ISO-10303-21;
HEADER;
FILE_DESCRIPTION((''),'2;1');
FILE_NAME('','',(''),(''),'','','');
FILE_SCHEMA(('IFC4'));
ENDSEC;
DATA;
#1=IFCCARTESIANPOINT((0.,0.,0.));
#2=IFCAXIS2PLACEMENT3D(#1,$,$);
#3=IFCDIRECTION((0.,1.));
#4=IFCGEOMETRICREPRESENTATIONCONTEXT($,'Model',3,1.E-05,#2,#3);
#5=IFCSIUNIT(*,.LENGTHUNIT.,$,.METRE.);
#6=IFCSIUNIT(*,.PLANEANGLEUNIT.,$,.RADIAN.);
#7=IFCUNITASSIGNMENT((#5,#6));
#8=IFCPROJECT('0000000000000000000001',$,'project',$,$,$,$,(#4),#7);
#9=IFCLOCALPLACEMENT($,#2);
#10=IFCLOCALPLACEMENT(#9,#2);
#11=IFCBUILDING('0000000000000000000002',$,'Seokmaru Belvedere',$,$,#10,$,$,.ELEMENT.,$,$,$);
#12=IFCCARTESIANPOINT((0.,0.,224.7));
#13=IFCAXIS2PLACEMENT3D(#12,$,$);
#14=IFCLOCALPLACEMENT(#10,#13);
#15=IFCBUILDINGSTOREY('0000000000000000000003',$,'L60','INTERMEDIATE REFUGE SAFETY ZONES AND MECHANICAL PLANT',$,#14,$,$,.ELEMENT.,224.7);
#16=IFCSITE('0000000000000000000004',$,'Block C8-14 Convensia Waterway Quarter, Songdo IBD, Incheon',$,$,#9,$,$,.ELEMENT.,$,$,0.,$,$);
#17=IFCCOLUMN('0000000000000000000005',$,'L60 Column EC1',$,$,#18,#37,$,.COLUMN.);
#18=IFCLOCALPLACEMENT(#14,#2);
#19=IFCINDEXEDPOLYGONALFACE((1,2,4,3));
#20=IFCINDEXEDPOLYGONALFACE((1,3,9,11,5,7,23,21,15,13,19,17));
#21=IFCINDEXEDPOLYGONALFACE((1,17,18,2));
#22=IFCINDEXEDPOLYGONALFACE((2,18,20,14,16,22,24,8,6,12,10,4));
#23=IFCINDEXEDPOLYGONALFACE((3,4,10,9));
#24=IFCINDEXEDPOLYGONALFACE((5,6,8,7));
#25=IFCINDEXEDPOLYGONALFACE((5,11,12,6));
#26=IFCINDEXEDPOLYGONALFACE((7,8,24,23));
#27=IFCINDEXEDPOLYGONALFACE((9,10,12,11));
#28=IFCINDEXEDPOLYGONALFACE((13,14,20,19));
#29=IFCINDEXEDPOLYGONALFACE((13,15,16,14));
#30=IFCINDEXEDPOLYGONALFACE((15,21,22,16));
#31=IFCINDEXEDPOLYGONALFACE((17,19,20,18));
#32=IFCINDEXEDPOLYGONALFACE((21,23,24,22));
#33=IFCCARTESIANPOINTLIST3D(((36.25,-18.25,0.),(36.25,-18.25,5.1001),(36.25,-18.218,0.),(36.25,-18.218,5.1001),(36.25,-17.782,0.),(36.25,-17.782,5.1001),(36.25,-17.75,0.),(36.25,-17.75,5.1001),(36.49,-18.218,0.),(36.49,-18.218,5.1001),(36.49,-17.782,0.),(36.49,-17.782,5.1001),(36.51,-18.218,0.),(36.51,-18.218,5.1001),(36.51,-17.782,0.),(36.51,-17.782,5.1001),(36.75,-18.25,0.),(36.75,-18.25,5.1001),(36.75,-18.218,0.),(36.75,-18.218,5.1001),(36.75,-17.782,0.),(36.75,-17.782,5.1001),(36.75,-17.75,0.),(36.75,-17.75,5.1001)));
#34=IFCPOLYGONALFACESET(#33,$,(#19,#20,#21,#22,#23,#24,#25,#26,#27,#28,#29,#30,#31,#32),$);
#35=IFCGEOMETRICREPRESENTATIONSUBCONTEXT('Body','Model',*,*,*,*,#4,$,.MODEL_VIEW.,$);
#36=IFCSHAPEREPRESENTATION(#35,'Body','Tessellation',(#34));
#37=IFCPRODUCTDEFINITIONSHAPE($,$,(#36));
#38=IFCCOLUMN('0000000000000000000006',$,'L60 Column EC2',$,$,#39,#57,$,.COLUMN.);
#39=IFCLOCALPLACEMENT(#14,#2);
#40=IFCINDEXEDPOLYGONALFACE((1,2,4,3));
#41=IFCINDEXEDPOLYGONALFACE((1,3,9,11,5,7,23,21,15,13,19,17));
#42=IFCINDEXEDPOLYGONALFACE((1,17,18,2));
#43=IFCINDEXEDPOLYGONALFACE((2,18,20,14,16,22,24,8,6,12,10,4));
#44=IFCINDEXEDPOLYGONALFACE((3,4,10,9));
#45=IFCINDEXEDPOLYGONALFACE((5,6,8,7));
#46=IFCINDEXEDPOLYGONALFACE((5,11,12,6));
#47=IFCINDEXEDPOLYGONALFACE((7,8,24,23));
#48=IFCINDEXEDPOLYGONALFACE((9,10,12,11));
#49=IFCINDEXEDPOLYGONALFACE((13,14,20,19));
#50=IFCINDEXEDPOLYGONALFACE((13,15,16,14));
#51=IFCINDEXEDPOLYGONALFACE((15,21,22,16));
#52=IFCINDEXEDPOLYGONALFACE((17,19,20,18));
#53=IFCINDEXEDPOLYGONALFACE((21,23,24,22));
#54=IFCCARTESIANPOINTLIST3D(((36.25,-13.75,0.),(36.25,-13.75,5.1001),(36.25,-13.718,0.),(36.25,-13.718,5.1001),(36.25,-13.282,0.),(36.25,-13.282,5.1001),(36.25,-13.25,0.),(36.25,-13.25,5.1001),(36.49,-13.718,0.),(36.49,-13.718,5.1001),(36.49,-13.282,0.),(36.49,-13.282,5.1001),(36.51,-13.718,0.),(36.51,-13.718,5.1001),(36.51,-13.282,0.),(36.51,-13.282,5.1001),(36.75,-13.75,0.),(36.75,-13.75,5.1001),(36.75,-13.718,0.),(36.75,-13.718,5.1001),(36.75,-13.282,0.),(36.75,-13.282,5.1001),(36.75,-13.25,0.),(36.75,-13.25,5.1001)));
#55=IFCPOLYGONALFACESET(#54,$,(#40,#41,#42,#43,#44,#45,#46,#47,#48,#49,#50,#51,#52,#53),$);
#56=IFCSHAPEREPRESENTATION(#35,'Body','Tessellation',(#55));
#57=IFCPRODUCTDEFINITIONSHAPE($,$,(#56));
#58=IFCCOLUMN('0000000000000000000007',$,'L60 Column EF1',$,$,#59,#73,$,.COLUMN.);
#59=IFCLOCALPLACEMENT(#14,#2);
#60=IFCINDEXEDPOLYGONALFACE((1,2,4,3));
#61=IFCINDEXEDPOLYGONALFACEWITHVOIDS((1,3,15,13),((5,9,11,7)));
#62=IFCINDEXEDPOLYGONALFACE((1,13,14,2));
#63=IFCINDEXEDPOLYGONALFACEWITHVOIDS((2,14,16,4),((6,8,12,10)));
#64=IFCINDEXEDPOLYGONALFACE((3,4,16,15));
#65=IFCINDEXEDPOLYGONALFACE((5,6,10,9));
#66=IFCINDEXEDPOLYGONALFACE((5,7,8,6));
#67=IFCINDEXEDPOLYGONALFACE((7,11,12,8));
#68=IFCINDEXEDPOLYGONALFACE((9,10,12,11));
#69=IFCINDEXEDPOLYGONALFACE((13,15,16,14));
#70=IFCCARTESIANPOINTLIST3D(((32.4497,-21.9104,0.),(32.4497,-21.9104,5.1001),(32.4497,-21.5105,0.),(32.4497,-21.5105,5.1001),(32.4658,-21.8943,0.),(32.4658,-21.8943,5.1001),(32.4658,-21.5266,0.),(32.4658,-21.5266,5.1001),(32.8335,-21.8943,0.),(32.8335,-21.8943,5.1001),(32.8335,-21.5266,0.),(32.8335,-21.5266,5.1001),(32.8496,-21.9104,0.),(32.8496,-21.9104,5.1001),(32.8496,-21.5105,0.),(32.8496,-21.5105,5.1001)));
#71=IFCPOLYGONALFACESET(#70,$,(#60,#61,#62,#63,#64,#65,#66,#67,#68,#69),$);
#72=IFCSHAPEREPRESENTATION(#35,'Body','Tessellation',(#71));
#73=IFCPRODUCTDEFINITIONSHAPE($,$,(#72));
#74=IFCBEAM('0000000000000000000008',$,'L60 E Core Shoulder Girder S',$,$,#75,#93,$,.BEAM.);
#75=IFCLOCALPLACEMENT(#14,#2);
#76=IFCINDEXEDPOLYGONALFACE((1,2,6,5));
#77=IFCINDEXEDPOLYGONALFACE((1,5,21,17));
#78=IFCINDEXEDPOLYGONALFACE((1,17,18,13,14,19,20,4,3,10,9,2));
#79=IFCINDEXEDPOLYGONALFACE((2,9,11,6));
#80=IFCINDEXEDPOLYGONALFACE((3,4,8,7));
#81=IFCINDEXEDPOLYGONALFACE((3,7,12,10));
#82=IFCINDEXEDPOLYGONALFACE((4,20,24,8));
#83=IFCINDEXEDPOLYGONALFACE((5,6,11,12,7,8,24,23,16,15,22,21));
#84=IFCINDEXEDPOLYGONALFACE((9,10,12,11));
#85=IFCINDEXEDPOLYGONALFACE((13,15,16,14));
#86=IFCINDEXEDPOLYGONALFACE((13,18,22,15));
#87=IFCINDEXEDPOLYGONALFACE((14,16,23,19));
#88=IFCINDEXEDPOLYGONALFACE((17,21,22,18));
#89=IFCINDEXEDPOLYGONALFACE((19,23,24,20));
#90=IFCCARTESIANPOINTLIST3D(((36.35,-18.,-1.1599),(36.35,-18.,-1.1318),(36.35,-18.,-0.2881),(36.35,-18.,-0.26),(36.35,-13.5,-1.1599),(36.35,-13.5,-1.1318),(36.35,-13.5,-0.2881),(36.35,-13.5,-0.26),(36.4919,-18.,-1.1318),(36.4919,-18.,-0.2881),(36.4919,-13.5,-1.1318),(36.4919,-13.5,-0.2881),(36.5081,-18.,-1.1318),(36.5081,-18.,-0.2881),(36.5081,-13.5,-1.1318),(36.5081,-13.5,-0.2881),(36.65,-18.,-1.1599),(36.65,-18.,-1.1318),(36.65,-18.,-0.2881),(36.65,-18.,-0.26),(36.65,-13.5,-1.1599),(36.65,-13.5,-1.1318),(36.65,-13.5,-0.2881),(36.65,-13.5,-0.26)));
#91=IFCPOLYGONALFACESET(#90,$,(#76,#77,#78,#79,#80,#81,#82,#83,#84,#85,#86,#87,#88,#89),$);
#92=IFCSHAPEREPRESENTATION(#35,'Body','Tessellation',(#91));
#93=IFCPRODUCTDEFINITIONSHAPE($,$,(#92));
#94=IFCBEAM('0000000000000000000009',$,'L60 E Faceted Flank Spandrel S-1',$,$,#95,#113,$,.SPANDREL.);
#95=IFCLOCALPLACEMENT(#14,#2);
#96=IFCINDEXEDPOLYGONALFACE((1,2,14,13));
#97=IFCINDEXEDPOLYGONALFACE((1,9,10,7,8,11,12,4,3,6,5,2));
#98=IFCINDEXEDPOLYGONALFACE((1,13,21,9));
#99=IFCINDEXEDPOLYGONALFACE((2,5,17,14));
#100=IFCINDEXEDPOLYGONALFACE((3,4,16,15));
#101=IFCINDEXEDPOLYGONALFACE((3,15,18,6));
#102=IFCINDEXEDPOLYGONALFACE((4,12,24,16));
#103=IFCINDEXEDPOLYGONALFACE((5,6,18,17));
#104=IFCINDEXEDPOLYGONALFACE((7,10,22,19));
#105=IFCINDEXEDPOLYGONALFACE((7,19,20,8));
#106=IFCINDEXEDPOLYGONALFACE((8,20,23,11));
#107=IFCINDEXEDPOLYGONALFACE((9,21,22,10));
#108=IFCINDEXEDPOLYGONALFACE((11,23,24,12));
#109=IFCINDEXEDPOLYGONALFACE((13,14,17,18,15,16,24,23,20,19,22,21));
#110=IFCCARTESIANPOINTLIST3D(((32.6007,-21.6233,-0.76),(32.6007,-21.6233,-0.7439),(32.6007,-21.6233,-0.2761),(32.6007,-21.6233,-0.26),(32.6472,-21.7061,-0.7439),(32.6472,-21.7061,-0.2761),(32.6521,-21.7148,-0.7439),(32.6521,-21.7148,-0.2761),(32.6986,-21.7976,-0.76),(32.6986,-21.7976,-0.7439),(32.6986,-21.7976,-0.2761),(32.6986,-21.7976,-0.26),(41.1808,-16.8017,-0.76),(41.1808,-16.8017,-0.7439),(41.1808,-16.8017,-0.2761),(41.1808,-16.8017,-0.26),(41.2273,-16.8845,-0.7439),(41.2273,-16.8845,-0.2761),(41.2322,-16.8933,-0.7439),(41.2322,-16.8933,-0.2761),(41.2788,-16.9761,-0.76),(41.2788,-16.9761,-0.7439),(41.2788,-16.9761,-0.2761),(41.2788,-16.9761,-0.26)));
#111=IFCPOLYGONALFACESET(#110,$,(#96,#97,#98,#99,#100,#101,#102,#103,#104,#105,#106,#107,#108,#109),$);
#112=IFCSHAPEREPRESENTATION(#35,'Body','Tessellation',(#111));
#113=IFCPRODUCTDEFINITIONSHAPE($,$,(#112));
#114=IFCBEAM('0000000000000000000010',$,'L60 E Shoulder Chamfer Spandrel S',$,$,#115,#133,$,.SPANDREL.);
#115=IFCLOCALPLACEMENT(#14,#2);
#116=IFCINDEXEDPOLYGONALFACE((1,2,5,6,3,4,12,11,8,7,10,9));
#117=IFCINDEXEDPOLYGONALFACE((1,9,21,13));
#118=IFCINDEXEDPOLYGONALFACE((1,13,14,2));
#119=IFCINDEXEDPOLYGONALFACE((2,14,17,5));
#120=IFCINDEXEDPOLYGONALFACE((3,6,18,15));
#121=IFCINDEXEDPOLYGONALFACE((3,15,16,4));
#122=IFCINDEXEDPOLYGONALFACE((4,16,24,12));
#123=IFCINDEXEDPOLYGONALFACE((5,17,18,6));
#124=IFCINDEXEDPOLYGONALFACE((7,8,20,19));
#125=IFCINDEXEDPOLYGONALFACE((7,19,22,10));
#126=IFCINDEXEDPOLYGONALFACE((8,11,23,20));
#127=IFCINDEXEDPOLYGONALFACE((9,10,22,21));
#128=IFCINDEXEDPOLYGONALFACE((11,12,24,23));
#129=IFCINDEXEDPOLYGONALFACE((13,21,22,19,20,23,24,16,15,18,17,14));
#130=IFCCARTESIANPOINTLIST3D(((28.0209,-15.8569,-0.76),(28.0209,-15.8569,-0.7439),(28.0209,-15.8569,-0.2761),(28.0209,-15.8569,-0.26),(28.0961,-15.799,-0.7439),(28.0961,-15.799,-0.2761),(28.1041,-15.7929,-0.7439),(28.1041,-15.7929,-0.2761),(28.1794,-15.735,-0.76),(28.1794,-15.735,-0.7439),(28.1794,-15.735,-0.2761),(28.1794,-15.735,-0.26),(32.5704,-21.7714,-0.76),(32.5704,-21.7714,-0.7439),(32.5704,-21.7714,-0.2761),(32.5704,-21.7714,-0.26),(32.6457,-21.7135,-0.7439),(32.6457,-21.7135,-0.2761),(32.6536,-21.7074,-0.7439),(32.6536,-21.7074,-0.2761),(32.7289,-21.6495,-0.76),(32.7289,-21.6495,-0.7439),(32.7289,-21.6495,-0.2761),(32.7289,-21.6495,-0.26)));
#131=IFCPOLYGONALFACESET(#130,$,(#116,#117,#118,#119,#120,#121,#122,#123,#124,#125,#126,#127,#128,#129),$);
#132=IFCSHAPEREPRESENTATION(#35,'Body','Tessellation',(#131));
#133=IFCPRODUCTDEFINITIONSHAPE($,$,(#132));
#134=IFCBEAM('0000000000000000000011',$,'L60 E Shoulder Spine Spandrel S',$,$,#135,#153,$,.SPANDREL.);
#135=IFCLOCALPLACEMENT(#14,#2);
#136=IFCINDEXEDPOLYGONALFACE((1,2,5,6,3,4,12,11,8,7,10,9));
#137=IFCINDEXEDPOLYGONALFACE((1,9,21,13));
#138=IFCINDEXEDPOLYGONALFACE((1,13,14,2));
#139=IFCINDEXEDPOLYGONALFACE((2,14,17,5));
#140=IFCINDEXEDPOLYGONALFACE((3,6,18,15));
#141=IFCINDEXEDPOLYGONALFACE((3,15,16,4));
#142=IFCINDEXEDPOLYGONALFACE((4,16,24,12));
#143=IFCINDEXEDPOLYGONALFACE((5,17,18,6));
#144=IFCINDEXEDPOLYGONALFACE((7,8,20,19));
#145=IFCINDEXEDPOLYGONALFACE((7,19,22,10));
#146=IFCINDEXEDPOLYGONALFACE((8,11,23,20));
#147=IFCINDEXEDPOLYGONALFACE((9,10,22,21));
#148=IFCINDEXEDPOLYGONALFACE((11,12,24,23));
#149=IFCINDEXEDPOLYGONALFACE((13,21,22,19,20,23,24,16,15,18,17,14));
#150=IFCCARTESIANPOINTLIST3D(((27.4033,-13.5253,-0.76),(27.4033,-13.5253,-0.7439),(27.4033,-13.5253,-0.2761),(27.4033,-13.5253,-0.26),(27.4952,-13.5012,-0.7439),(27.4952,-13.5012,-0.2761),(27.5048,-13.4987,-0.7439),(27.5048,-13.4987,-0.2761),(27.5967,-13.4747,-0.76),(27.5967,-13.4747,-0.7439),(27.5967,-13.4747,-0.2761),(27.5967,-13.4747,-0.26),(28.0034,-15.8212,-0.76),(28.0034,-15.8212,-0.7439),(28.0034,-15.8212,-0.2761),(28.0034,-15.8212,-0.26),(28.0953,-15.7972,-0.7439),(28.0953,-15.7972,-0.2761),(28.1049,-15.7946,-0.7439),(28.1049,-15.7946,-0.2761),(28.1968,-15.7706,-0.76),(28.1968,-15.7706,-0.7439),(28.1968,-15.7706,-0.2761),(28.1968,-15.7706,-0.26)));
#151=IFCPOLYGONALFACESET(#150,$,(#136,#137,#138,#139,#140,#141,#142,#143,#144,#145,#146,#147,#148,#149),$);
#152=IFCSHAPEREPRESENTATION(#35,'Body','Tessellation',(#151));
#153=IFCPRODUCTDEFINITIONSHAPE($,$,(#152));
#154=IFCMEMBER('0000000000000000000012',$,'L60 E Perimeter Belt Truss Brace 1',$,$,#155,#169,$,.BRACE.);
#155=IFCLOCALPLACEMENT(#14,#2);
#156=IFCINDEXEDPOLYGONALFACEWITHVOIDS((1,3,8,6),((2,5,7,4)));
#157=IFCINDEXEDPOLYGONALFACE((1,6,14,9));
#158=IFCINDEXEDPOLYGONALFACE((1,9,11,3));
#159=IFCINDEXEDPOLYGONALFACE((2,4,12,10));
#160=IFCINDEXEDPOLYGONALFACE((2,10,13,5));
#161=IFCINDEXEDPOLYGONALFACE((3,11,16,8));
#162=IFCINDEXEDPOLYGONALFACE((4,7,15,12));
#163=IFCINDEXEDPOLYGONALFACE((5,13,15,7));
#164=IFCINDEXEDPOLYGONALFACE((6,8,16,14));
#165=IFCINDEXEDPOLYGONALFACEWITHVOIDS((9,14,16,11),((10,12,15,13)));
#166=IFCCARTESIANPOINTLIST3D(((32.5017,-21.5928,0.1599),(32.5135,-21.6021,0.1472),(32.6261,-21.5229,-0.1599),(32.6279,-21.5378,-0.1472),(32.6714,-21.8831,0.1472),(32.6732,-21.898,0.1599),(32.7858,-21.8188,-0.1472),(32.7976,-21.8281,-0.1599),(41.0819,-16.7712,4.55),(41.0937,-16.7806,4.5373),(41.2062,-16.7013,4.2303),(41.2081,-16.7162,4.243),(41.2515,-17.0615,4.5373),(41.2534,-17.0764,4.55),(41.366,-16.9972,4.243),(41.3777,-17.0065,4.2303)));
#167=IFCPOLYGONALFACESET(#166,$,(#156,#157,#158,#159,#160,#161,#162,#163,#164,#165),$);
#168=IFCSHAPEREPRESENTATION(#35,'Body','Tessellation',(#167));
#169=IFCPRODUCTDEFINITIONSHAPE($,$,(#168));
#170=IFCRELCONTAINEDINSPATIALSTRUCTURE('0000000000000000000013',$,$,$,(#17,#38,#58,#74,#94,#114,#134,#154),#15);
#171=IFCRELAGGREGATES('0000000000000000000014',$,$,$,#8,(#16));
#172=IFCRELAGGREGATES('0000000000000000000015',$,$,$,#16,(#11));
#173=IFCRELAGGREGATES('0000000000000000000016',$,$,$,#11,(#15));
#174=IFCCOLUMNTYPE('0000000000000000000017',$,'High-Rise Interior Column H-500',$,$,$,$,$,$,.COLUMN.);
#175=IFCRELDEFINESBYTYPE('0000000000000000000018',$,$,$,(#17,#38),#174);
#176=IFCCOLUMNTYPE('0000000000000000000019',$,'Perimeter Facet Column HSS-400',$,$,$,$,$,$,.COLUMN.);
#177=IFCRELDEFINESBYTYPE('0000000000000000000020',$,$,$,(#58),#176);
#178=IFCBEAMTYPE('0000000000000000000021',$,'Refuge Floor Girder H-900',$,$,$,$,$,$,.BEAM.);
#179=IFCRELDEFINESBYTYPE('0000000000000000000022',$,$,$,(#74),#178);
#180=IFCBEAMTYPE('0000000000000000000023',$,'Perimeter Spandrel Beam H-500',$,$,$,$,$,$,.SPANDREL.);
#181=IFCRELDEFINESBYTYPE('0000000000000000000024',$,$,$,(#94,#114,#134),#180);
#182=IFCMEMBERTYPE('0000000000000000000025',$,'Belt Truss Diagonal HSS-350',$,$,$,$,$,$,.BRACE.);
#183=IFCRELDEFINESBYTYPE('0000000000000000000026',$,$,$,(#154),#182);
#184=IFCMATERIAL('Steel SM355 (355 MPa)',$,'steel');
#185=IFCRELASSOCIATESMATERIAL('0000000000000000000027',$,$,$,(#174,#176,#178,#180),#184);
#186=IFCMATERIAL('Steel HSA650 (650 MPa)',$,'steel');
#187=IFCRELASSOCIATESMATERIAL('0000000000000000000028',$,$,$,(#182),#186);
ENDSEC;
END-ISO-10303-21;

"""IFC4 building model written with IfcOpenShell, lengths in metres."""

from ifc_helpers import new_model, si_unit, direction, frame, origin, origin_2d, place, context, subcontext, project, spatial, hollow_rectangle, i_section, extrude, source, transform, mapped, material, material_profile, profile_set, type_object, type_shapes, element, save


model = new_model("IFC4")

# Units and contexts
model_context = context("Model", 3, precision=1e-05, world=origin(), true_north=direction((0.0, 1.0)))
body_context = subcontext(model_context, "Body", "Model", "MODEL_VIEW")
ifc_project = project(units=[si_unit("LENGTHUNIT", "METRE"), si_unit("PLANEANGLEUNIT", "RADIAN")], contexts=[model_context])

# Site, building, storey
site_placement = place(None, origin())
site = spatial("IfcSite", under=ifc_project, at=site_placement, Name="Block C8-14 Convensia Waterway Quarter, Songdo IBD, Incheon", CompositionType="ELEMENT", RefElevation=0.0)
building_placement = place(site_placement, origin())
building = spatial("IfcBuilding", under=site, at=building_placement, Name="Seokmaru Belvedere", CompositionType="ELEMENT")
storey_placement = place(building_placement, frame((0.0, 0.0, 224.7)))
storey = spatial("IfcBuildingStorey", under=building, at=storey_placement, Name="L60", Description="INTERMEDIATE REFUGE SAFETY ZONES AND MECHANICAL PLANT", CompositionType="ELEMENT", Elevation=224.7)

# Columns
ifc_material_1 = material(Name="Steel SM355 (355 MPa)", Category="steel")
ifc_material_profile_1 = material_profile(ifc_material_1, i_section(OverallWidth=0.5, OverallDepth=0.5, WebThickness=0.02, FlangeThickness=0.032, at=origin_2d()), Name="H-500x500x20x32")
ifc_profile_set_1 = profile_set([ifc_material_profile_1], Name="Steel SM355 (355 MPa)")
column_type_1 = type_object("IfcColumnType", Name="High-Rise Interior Column H-500", PredefinedType="COLUMN", material=ifc_profile_set_1)
shared_shape_1 = source(origin(), body_context, "Body", "SweptSolid", [
    extrude(i_section(OverallWidth=0.5, OverallDepth=0.5, WebThickness=0.02, FlangeThickness=0.032, at=origin_2d()), origin(), (0.0, 0.0, 1.0), 5.1001),
])
type_shapes(column_type_1, [shared_shape_1])
for number, where, z_axis, x_axis, name in (
    (1, (36.5, -18.0, 0.0), (0.0, 0.0, 1.0), (1.0, 0.0, 0.0), "L60 Column EC1"),
    (2, (36.5, -13.5, 0.0), (0.0, 0.0, 1.0), (1.0, 0.0, 0.0), "L60 Column EC2"),
):
    element("IfcColumn", number, at=place(storey_placement, frame(where, z_axis=z_axis, x_axis=x_axis)), inside=storey, type_object=column_type_1, Name=name, PredefinedType="COLUMN", context=body_context, shape_type="MappedRepresentation", body=[
        mapped(shared_shape_1, transform((0.0, 0.0, 0.0), scale=1.0)),
    ])
ifc_material_profile_2 = material_profile(ifc_material_1, hollow_rectangle(XDim=0.3999, YDim=0.3999, WallThickness=0.0161, at=origin_2d()), Name="HSS-400x400x16")
ifc_profile_set_2 = profile_set([ifc_material_profile_2], Name="Steel SM355 (355 MPa)")
column_type_2 = type_object("IfcColumnType", Name="Perimeter Facet Column HSS-400", PredefinedType="COLUMN", material=ifc_profile_set_2)
shared_shape_2 = source(origin(), body_context, "Body", "SweptSolid", [
    extrude(hollow_rectangle(XDim=0.3999, YDim=0.3999, WallThickness=0.0161, at=origin_2d()), origin(), (0.0, 0.0, 1.0), 5.1001),
])
type_shapes(column_type_2, [shared_shape_2])
column_placement = place(storey_placement, frame((32.6497, -21.7104, 0.0), z_axis=(0.0, 0.0, 1.0), x_axis=(1.0, 0.0, 0.0)))
element("IfcColumn", 3, at=column_placement, inside=storey, type_object=column_type_2, Name="L60 Column EF1", PredefinedType="COLUMN", context=body_context, shape_type="MappedRepresentation", body=[
    mapped(shared_shape_2, transform((0.0, 0.0, 0.0), scale=1.0)),
])

# Beams
ifc_material_profile_3 = material_profile(ifc_material_1, i_section(OverallWidth=0.3, OverallDepth=0.8999, WebThickness=0.0161, FlangeThickness=0.0281, at=origin_2d()), Name="H-900x300x16x28")
ifc_profile_set_3 = profile_set([ifc_material_profile_3], Name="Steel SM355 (355 MPa)")
beam_type_1 = type_object("IfcBeamType", Name="Refuge Floor Girder H-900", PredefinedType="BEAM", material=ifc_profile_set_3)
shared_shape_3 = source(origin(), body_context, "Body", "SweptSolid", [
    extrude(i_section(OverallWidth=0.3, OverallDepth=0.8999, WebThickness=0.0161, FlangeThickness=0.0281, at=origin_2d()), origin(), (0.0, 0.0, 1.0), 4.5),
])
type_shapes(beam_type_1, [shared_shape_3])
beam_1_placement = place(storey_placement, frame((36.5, -18.0, -0.71), z_axis=(0.0, 1.0, 0.0), x_axis=(-1.0, 0.0, 0.0)))
element("IfcBeam", 4, at=beam_1_placement, inside=storey, type_object=beam_type_1, Name="L60 E Core Shoulder Girder S", PredefinedType="BEAM", context=body_context, shape_type="MappedRepresentation", body=[
    mapped(shared_shape_3, transform((0.0, 0.0, 0.0), scale=1.0)),
])
ifc_material_profile_4 = material_profile(ifc_material_1, i_section(OverallWidth=0.2, OverallDepth=0.5, WebThickness=0.01, FlangeThickness=0.0161, at=origin_2d()), Name="H-500x200x10x16")
ifc_profile_set_4 = profile_set([ifc_material_profile_4], Name="Steel SM355 (355 MPa)")
beam_type_2 = type_object("IfcBeamType", Name="Perimeter Spandrel Beam H-500", PredefinedType="SPANDREL", material=ifc_profile_set_4)
shared_shape_4 = source(origin(), body_context, "Body", "SweptSolid", [
    extrude(i_section(OverallWidth=0.2, OverallDepth=0.5, WebThickness=0.01, FlangeThickness=0.0161, at=origin_2d()), origin(), (0.0, 0.0, 1.0), 9.842),
])
beam_2_placement = place(storey_placement, frame((32.6497, -21.7104, -0.51), z_axis=(0.871782, 0.489894, 0.0), x_axis=(-0.489894, 0.871782, 0.0)))
element("IfcBeam", 5, at=beam_2_placement, inside=storey, type_object=beam_type_2, Name="L60 E Faceted Flank Spandrel S-1", PredefinedType="SPANDREL", context=body_context, shape_type="MappedRepresentation", body=[
    mapped(shared_shape_4, transform((0.0, 0.0, 0.0), scale=1.0)),
])
shared_shape_5 = source(origin(), body_context, "Body", "SweptSolid", [
    extrude(i_section(OverallWidth=0.2, OverallDepth=0.5, WebThickness=0.01, FlangeThickness=0.0161, at=origin_2d()), origin(), (0.0, 0.0, 1.0), 7.4619),
])
beam_3_placement = place(storey_placement, frame((32.6497, -21.7104, -0.51), z_axis=(-0.609703, 0.79263, 0.0), x_axis=(-0.79263, -0.609703, 0.0)))
element("IfcBeam", 6, at=beam_3_placement, inside=storey, type_object=beam_type_2, Name="L60 E Shoulder Chamfer Spandrel S", PredefinedType="SPANDREL", context=body_context, shape_type="MappedRepresentation", body=[
    mapped(shared_shape_5, transform((0.0, 0.0, 0.0), scale=1.0)),
])
shared_shape_6 = source(origin(), body_context, "Body", "SweptSolid", [
    extrude(i_section(OverallWidth=0.2, OverallDepth=0.5, WebThickness=0.01, FlangeThickness=0.0161, at=origin_2d()), origin(), (0.0, 0.0, 1.0), 2.373),
])
type_shapes(beam_type_2, [shared_shape_4, shared_shape_5, shared_shape_6])
beam_4_placement = place(storey_placement, frame((28.1001, -15.7959, -0.51), z_axis=(-0.252883, 0.967497, 0.0), x_axis=(-0.967497, -0.252883, 0.0)))
element("IfcBeam", 7, at=beam_4_placement, inside=storey, type_object=beam_type_2, Name="L60 E Shoulder Spine Spandrel S", PredefinedType="SPANDREL", context=body_context, shape_type="MappedRepresentation", body=[
    mapped(shared_shape_6, transform((0.0, 0.0, 0.0), scale=1.0)),
])

# Member
ifc_material_2 = material(Name="Steel HSA650 (650 MPa)", Category="steel")
ifc_material_profile_5 = material_profile(ifc_material_2, hollow_rectangle(XDim=0.3501, YDim=0.3501, WallThickness=0.0139, at=origin_2d()), Name="HSS-350x350x14")
ifc_profile_set_5 = profile_set([ifc_material_profile_5], Name="Steel HSA650 (650 MPa)")
member_type_1 = type_object("IfcMemberType", Name="Belt Truss Diagonal HSS-350", PredefinedType="BRACE", material=ifc_profile_set_5)
shared_shape_7 = source(origin(), body_context, "Body", "SweptSolid", [
    extrude(hollow_rectangle(XDim=0.3501, YDim=0.3501, WallThickness=0.0139, at=origin_2d()), origin(), (0.0, 0.0, 1.0), 10.7769),
])
type_shapes(member_type_1, [shared_shape_7])
member_1_placement = place(storey_placement, frame((32.6497, -21.7104, 0.0), z_axis=(0.796166, 0.447402, 0.407371), x_axis=(-0.489894, 0.871782, 0.0)))
element("IfcMember", 8, at=member_1_placement, inside=storey, type_object=member_type_1, Name="L60 E Perimeter Belt Truss Brace 1", PredefinedType="BRACE", context=body_context, shape_type="MappedRepresentation", body=[
    mapped(shared_shape_7, transform((0.0, 0.0, 0.0), scale=1.0)),
])

save(model, "model.ifc")
